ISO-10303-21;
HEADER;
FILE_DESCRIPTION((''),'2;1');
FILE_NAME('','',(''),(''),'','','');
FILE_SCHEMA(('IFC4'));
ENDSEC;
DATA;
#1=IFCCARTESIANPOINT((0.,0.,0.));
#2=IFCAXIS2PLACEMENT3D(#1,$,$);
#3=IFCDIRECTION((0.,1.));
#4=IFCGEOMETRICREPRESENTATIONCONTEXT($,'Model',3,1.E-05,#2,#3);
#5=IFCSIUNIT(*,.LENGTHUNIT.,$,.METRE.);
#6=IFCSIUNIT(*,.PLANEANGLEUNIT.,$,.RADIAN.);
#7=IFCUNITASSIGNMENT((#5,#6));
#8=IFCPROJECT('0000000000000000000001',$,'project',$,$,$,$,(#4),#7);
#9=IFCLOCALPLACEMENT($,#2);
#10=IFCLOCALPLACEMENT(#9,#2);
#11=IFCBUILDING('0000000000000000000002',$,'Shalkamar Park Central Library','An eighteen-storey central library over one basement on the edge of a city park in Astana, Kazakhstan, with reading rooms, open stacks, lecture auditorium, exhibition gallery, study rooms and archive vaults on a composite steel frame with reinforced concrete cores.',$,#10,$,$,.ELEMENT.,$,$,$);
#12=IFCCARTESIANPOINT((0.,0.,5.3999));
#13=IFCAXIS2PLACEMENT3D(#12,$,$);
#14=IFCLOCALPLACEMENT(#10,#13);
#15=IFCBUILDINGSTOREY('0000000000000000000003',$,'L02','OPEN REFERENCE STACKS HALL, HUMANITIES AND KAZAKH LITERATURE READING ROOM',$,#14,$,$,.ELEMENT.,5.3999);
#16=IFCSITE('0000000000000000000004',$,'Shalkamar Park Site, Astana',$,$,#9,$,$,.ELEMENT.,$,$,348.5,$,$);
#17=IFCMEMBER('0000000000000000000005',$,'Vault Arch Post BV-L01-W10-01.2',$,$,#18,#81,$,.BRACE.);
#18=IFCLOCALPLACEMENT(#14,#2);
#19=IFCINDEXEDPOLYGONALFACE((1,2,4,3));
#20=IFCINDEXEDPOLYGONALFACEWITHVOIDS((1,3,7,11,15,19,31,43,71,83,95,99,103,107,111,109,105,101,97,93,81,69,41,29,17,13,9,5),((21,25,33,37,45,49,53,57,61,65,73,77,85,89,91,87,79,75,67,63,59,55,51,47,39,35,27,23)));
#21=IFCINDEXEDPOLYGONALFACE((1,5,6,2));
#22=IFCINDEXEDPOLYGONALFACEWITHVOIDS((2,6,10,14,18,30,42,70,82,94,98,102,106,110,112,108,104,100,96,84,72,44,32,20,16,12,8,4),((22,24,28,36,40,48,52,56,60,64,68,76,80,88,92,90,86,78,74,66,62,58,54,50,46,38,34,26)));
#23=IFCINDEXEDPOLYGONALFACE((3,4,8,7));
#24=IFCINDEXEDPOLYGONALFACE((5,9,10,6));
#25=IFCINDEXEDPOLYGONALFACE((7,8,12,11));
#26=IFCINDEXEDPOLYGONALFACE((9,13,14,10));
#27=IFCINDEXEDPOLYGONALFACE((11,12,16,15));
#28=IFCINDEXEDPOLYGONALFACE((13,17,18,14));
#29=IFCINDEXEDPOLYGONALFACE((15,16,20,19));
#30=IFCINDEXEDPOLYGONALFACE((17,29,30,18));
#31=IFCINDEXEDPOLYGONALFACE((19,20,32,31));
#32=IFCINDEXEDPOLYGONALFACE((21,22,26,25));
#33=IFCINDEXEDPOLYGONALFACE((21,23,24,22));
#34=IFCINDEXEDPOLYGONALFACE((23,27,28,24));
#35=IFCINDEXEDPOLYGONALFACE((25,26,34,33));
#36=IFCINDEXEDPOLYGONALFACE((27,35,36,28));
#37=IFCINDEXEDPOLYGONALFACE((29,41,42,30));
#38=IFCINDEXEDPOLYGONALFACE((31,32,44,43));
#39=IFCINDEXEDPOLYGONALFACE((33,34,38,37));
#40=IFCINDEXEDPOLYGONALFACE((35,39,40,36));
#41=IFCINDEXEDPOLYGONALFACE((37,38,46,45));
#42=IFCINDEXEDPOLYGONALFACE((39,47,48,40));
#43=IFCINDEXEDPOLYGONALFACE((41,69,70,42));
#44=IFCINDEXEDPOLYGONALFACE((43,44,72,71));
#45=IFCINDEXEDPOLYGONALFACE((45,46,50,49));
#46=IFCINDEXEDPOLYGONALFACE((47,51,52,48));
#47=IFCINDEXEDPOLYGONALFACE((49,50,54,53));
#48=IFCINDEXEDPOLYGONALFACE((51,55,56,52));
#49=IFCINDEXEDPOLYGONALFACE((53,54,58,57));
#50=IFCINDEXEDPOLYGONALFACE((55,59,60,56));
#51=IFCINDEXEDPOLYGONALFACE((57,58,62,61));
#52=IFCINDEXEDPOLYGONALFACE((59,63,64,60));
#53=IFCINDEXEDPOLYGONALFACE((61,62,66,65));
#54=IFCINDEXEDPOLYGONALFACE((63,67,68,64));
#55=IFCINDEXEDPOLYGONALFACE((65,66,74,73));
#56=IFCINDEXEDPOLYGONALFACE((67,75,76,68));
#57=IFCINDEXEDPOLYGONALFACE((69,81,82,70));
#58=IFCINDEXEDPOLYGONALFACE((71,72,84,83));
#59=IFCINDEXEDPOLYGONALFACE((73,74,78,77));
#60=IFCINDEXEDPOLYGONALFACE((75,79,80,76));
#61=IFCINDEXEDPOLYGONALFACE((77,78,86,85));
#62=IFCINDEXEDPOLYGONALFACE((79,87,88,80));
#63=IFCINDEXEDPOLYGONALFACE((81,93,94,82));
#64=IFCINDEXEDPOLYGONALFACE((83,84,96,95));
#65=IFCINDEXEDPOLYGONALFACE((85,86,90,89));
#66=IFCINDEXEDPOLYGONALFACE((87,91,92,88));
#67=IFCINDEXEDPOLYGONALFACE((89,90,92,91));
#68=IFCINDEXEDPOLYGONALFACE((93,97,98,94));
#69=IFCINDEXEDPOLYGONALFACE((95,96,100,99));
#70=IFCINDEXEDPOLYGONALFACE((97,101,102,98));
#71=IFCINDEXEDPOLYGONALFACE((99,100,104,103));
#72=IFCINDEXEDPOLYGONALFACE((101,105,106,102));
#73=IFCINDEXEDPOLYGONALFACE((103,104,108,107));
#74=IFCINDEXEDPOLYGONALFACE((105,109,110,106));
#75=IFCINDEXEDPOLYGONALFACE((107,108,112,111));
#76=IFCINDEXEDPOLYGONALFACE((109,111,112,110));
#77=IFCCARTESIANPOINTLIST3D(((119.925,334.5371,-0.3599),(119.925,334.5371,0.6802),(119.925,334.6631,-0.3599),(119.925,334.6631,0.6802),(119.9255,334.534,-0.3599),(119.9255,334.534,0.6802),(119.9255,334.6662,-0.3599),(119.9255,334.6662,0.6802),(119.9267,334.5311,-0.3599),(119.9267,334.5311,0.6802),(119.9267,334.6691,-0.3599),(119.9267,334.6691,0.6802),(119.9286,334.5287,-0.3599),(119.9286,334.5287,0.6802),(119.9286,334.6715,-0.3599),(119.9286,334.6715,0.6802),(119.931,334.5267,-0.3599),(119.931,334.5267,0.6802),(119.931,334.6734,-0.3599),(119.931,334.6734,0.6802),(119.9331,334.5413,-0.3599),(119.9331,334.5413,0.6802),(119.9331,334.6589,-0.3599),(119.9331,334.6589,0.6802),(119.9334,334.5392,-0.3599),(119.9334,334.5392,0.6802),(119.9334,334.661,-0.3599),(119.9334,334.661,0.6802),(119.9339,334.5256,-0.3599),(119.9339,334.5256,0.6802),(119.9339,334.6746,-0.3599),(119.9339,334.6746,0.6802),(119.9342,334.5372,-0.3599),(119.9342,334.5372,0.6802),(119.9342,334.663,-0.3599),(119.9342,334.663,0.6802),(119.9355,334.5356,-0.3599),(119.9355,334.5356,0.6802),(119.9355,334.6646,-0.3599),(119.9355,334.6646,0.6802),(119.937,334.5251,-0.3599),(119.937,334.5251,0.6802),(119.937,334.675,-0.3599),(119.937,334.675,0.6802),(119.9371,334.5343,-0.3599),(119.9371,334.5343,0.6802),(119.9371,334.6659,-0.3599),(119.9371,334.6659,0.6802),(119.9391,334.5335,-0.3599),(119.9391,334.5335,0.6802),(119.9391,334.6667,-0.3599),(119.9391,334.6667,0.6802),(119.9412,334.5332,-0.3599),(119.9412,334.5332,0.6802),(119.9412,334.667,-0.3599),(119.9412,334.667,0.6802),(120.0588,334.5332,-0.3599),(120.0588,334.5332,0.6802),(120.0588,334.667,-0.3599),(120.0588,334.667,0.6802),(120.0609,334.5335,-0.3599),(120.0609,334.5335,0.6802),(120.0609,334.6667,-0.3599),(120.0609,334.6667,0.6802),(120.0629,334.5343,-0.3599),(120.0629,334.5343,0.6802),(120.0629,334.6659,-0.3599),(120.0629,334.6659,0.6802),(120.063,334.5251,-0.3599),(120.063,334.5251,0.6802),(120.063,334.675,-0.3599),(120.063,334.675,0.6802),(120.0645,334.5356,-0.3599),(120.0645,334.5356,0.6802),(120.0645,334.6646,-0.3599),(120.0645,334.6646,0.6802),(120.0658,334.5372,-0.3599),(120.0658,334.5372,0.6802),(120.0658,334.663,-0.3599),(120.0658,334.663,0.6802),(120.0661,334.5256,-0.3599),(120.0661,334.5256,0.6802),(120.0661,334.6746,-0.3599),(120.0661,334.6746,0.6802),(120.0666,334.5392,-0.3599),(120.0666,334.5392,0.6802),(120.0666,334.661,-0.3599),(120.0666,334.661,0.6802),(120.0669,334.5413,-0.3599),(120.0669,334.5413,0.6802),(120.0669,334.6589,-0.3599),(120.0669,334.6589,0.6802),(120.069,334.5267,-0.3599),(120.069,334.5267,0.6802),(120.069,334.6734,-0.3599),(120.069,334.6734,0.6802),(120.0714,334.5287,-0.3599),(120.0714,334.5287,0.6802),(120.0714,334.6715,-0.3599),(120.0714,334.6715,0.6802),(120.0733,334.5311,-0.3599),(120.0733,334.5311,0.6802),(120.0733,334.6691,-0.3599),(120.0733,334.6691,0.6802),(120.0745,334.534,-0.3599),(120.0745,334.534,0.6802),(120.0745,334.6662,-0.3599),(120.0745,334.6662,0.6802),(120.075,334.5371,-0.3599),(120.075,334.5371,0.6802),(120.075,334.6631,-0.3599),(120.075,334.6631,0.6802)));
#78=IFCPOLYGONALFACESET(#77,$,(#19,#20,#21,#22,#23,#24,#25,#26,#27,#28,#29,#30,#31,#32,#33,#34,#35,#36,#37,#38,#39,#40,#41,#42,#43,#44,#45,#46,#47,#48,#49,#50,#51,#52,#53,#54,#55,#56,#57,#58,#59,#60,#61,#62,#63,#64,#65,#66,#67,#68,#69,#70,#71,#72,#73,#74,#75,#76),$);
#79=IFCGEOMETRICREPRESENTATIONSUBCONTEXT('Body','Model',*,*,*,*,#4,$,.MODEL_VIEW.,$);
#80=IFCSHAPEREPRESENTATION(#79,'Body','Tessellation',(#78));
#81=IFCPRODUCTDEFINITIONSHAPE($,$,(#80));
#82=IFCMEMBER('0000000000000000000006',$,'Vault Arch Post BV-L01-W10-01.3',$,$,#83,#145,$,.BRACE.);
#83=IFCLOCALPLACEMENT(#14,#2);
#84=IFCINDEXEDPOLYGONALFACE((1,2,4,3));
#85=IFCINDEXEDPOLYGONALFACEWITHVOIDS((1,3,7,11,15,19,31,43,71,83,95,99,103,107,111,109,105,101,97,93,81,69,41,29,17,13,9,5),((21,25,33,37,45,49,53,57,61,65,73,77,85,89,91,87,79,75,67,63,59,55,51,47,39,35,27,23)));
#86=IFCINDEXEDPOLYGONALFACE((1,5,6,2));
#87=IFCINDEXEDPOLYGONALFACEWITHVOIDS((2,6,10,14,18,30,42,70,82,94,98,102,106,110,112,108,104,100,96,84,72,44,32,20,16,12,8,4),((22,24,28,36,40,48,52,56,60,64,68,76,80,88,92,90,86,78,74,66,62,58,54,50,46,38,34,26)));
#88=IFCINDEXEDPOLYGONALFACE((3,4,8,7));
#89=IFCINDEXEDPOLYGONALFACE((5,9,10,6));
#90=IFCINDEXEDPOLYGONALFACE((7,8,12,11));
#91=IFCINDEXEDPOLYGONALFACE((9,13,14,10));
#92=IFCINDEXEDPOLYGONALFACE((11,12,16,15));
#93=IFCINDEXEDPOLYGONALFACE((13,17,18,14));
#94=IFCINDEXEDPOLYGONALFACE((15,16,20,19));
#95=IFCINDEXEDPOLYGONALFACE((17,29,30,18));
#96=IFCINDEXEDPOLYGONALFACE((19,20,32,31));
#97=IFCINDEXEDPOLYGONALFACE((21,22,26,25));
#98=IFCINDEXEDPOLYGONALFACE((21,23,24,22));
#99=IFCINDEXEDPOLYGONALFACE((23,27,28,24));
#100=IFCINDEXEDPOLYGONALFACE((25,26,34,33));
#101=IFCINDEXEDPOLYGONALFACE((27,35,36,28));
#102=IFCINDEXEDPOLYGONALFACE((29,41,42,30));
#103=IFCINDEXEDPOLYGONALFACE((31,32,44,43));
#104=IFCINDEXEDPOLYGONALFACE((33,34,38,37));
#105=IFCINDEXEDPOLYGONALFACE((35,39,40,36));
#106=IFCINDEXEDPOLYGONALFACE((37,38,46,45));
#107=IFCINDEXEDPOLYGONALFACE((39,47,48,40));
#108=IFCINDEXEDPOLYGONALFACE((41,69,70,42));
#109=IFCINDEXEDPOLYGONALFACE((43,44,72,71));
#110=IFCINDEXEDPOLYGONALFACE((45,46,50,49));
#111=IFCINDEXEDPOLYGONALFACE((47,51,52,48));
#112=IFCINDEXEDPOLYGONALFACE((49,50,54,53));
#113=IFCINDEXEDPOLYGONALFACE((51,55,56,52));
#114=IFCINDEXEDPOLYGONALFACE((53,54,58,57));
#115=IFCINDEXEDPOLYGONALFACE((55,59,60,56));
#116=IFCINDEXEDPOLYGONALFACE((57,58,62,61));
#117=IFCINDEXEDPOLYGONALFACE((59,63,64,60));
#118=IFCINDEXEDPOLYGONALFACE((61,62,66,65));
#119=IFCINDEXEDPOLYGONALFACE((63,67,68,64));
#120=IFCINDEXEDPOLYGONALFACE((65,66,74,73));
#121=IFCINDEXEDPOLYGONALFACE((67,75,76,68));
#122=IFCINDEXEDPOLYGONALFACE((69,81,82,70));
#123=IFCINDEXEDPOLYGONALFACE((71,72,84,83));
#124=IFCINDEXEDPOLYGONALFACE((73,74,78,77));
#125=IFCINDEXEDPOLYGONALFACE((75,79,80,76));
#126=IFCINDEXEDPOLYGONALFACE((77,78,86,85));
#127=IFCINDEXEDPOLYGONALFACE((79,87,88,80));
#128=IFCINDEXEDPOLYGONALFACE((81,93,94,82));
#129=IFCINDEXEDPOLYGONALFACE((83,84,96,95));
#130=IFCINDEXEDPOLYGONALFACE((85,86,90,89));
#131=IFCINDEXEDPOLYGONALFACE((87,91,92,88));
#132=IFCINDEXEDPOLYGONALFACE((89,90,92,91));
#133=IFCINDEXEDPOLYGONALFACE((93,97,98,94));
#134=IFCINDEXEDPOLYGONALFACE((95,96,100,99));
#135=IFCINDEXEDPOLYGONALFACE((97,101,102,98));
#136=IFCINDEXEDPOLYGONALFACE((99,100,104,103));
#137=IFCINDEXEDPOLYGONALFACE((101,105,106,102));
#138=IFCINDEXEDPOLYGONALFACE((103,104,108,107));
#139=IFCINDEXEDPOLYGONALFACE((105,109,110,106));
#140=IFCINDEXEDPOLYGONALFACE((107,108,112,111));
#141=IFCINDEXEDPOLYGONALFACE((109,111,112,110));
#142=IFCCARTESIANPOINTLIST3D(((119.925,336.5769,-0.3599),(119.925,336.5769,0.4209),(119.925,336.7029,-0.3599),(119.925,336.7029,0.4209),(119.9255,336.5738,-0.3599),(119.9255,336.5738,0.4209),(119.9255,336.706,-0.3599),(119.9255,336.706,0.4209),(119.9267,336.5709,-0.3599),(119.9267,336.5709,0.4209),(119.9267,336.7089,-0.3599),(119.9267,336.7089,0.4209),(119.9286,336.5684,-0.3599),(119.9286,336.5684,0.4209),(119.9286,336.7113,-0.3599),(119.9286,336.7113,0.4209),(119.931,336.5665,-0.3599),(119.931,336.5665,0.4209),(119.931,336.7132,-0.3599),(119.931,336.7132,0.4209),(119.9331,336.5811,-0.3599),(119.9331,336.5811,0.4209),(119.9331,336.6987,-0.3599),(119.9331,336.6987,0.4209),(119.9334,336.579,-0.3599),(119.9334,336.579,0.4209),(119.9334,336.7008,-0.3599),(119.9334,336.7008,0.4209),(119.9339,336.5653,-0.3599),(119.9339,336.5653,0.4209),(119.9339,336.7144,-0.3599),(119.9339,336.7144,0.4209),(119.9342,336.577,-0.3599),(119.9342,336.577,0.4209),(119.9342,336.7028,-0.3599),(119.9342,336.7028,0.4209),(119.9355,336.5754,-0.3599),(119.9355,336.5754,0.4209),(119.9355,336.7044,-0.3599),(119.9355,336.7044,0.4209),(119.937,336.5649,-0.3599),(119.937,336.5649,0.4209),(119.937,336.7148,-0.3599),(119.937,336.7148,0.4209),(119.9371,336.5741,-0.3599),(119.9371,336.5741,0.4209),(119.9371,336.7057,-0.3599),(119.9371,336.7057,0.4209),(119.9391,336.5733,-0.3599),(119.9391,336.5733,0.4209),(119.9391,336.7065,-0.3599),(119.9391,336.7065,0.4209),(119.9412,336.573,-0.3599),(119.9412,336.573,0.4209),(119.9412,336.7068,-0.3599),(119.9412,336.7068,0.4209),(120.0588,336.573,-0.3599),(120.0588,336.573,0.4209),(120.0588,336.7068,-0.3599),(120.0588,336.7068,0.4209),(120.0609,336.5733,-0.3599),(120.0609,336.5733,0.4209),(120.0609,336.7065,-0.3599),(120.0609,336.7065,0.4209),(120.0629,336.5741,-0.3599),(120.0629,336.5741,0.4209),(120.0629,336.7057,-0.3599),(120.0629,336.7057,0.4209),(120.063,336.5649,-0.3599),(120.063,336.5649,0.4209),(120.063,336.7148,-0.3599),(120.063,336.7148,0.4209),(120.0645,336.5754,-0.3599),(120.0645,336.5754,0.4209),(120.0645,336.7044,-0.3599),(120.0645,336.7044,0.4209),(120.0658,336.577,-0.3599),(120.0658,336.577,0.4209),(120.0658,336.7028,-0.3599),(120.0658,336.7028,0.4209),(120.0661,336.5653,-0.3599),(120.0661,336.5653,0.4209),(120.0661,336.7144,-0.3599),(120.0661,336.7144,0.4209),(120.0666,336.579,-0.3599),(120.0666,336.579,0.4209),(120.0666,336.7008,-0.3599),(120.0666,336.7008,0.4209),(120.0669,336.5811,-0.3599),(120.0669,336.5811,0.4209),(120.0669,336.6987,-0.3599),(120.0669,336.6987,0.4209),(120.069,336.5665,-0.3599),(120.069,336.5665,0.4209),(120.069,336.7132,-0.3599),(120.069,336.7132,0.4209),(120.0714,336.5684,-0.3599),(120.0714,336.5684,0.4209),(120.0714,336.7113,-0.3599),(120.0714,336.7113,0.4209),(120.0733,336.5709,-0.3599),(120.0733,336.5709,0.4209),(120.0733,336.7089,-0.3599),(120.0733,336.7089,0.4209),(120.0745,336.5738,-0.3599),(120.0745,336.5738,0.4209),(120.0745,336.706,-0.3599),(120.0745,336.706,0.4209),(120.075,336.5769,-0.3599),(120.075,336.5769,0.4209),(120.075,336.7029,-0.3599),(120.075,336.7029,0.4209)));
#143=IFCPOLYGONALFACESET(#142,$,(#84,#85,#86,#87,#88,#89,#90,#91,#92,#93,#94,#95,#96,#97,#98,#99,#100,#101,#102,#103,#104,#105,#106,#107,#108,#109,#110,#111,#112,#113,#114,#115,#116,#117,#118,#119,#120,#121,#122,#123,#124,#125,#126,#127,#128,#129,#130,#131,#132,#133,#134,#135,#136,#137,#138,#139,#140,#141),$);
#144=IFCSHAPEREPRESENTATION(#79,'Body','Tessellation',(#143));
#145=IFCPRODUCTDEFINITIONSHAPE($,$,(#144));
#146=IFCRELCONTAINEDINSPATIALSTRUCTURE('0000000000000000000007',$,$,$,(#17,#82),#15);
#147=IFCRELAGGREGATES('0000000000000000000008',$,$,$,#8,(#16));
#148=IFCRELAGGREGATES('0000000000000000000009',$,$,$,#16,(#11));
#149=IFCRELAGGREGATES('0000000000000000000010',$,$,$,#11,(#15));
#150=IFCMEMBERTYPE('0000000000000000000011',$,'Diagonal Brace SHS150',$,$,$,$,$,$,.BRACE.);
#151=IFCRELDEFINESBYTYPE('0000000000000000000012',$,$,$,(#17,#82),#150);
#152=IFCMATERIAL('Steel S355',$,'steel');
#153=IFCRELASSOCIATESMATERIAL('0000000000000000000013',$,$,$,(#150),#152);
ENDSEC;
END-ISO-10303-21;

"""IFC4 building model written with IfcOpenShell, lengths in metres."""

from ifc_helpers import new_model, si_unit, direction, frame, origin, origin_2d, place, context, subcontext, project, spatial, hollow_rectangle, extrude, material, material_profile, profile_set, type_object, element, save


model = new_model("IFC4")

# Units and contexts
model_context = context("Model", 3, precision=1e-05, world=origin(), true_north=direction((0.0, 1.0)))
body_context = subcontext(model_context, "Body", "Model", "MODEL_VIEW")
ifc_project = project(units=[si_unit("LENGTHUNIT", "METRE"), si_unit("PLANEANGLEUNIT", "RADIAN")], contexts=[model_context])

# Site, building, storey
site_placement = place(None, origin())
site = spatial("IfcSite", under=ifc_project, at=site_placement, Name="Shalkamar Park Site, Astana", CompositionType="ELEMENT", RefElevation=348.5)
building_placement = place(site_placement, origin())
building = spatial("IfcBuilding", under=site, at=building_placement, Name="Shalkamar Park Central Library", Description="An eighteen-storey central library over one basement on the edge of a city park in Astana, Kazakhstan, with reading rooms, open stacks, lecture auditorium, exhibition gallery, study rooms and archive vaults on a composite steel frame with reinforced concrete cores.", CompositionType="ELEMENT")
storey_placement = place(building_placement, frame((0.0, 0.0, 5.3999)))
storey = spatial("IfcBuildingStorey", under=building, at=storey_placement, Name="L02", Description="OPEN REFERENCE STACKS HALL, HUMANITIES AND KAZAKH LITERATURE READING ROOM", CompositionType="ELEMENT", Elevation=5.3999)

# Shared definitions
ifc_material_1 = material(Name="Steel S355", Category="steel")

# Members
ifc_material_profile_1 = material_profile(ifc_material_1, hollow_rectangle(XDim=0.1499, YDim=0.1499, WallThickness=0.0081, InnerFilletRadius=0.0081, OuterFilletRadius=0.012, at=origin_2d()), Name="SHS 150x150x8")
ifc_profile_set_1 = profile_set([ifc_material_profile_1], Name="Steel S355")
member_type_1 = type_object("IfcMemberType", Name="Diagonal Brace SHS150", PredefinedType="BRACE", material=ifc_profile_set_1)
member_1_placement = place(storey_placement, frame((120.0, 334.6001, -0.3599), z_axis=(0.0, 0.0, 1.0), x_axis=(1.0, 0.0, 0.0)))
element("IfcMember", 1, at=member_1_placement, inside=storey, type_object=member_type_1, Name="Vault Arch Post BV-L01-W10-01.2", PredefinedType="BRACE", context=body_context, shape_type="SweptSolid", body=[
    extrude(hollow_rectangle(XDim=0.1499, YDim=0.1499, WallThickness=0.0081, InnerFilletRadius=0.0081, OuterFilletRadius=0.012, at=origin_2d()), origin(), (0.0, 0.0, 1.0), 1.04),
])
for number, where, z_axis, x_axis, name in (
    (2, (120.0, 336.6399, -0.3599), (0.0, 0.0, 1.0), (1.0, 0.0, 0.0), "Vault Arch Post BV-L01-W10-01.3"),
):
    element("IfcMember", number, at=place(storey_placement, frame(where, z_axis=z_axis, x_axis=x_axis)), inside=storey, type_object=member_type_1, Name=name, PredefinedType="BRACE", context=body_context, shape_type="SweptSolid", body=[
        extrude(hollow_rectangle(XDim=0.1499, YDim=0.1499, WallThickness=0.0081, InnerFilletRadius=0.0081, OuterFilletRadius=0.012, at=origin_2d()), origin(), (0.0, 0.0, 1.0), 0.7808),
    ])

save(model, "model.ifc")
